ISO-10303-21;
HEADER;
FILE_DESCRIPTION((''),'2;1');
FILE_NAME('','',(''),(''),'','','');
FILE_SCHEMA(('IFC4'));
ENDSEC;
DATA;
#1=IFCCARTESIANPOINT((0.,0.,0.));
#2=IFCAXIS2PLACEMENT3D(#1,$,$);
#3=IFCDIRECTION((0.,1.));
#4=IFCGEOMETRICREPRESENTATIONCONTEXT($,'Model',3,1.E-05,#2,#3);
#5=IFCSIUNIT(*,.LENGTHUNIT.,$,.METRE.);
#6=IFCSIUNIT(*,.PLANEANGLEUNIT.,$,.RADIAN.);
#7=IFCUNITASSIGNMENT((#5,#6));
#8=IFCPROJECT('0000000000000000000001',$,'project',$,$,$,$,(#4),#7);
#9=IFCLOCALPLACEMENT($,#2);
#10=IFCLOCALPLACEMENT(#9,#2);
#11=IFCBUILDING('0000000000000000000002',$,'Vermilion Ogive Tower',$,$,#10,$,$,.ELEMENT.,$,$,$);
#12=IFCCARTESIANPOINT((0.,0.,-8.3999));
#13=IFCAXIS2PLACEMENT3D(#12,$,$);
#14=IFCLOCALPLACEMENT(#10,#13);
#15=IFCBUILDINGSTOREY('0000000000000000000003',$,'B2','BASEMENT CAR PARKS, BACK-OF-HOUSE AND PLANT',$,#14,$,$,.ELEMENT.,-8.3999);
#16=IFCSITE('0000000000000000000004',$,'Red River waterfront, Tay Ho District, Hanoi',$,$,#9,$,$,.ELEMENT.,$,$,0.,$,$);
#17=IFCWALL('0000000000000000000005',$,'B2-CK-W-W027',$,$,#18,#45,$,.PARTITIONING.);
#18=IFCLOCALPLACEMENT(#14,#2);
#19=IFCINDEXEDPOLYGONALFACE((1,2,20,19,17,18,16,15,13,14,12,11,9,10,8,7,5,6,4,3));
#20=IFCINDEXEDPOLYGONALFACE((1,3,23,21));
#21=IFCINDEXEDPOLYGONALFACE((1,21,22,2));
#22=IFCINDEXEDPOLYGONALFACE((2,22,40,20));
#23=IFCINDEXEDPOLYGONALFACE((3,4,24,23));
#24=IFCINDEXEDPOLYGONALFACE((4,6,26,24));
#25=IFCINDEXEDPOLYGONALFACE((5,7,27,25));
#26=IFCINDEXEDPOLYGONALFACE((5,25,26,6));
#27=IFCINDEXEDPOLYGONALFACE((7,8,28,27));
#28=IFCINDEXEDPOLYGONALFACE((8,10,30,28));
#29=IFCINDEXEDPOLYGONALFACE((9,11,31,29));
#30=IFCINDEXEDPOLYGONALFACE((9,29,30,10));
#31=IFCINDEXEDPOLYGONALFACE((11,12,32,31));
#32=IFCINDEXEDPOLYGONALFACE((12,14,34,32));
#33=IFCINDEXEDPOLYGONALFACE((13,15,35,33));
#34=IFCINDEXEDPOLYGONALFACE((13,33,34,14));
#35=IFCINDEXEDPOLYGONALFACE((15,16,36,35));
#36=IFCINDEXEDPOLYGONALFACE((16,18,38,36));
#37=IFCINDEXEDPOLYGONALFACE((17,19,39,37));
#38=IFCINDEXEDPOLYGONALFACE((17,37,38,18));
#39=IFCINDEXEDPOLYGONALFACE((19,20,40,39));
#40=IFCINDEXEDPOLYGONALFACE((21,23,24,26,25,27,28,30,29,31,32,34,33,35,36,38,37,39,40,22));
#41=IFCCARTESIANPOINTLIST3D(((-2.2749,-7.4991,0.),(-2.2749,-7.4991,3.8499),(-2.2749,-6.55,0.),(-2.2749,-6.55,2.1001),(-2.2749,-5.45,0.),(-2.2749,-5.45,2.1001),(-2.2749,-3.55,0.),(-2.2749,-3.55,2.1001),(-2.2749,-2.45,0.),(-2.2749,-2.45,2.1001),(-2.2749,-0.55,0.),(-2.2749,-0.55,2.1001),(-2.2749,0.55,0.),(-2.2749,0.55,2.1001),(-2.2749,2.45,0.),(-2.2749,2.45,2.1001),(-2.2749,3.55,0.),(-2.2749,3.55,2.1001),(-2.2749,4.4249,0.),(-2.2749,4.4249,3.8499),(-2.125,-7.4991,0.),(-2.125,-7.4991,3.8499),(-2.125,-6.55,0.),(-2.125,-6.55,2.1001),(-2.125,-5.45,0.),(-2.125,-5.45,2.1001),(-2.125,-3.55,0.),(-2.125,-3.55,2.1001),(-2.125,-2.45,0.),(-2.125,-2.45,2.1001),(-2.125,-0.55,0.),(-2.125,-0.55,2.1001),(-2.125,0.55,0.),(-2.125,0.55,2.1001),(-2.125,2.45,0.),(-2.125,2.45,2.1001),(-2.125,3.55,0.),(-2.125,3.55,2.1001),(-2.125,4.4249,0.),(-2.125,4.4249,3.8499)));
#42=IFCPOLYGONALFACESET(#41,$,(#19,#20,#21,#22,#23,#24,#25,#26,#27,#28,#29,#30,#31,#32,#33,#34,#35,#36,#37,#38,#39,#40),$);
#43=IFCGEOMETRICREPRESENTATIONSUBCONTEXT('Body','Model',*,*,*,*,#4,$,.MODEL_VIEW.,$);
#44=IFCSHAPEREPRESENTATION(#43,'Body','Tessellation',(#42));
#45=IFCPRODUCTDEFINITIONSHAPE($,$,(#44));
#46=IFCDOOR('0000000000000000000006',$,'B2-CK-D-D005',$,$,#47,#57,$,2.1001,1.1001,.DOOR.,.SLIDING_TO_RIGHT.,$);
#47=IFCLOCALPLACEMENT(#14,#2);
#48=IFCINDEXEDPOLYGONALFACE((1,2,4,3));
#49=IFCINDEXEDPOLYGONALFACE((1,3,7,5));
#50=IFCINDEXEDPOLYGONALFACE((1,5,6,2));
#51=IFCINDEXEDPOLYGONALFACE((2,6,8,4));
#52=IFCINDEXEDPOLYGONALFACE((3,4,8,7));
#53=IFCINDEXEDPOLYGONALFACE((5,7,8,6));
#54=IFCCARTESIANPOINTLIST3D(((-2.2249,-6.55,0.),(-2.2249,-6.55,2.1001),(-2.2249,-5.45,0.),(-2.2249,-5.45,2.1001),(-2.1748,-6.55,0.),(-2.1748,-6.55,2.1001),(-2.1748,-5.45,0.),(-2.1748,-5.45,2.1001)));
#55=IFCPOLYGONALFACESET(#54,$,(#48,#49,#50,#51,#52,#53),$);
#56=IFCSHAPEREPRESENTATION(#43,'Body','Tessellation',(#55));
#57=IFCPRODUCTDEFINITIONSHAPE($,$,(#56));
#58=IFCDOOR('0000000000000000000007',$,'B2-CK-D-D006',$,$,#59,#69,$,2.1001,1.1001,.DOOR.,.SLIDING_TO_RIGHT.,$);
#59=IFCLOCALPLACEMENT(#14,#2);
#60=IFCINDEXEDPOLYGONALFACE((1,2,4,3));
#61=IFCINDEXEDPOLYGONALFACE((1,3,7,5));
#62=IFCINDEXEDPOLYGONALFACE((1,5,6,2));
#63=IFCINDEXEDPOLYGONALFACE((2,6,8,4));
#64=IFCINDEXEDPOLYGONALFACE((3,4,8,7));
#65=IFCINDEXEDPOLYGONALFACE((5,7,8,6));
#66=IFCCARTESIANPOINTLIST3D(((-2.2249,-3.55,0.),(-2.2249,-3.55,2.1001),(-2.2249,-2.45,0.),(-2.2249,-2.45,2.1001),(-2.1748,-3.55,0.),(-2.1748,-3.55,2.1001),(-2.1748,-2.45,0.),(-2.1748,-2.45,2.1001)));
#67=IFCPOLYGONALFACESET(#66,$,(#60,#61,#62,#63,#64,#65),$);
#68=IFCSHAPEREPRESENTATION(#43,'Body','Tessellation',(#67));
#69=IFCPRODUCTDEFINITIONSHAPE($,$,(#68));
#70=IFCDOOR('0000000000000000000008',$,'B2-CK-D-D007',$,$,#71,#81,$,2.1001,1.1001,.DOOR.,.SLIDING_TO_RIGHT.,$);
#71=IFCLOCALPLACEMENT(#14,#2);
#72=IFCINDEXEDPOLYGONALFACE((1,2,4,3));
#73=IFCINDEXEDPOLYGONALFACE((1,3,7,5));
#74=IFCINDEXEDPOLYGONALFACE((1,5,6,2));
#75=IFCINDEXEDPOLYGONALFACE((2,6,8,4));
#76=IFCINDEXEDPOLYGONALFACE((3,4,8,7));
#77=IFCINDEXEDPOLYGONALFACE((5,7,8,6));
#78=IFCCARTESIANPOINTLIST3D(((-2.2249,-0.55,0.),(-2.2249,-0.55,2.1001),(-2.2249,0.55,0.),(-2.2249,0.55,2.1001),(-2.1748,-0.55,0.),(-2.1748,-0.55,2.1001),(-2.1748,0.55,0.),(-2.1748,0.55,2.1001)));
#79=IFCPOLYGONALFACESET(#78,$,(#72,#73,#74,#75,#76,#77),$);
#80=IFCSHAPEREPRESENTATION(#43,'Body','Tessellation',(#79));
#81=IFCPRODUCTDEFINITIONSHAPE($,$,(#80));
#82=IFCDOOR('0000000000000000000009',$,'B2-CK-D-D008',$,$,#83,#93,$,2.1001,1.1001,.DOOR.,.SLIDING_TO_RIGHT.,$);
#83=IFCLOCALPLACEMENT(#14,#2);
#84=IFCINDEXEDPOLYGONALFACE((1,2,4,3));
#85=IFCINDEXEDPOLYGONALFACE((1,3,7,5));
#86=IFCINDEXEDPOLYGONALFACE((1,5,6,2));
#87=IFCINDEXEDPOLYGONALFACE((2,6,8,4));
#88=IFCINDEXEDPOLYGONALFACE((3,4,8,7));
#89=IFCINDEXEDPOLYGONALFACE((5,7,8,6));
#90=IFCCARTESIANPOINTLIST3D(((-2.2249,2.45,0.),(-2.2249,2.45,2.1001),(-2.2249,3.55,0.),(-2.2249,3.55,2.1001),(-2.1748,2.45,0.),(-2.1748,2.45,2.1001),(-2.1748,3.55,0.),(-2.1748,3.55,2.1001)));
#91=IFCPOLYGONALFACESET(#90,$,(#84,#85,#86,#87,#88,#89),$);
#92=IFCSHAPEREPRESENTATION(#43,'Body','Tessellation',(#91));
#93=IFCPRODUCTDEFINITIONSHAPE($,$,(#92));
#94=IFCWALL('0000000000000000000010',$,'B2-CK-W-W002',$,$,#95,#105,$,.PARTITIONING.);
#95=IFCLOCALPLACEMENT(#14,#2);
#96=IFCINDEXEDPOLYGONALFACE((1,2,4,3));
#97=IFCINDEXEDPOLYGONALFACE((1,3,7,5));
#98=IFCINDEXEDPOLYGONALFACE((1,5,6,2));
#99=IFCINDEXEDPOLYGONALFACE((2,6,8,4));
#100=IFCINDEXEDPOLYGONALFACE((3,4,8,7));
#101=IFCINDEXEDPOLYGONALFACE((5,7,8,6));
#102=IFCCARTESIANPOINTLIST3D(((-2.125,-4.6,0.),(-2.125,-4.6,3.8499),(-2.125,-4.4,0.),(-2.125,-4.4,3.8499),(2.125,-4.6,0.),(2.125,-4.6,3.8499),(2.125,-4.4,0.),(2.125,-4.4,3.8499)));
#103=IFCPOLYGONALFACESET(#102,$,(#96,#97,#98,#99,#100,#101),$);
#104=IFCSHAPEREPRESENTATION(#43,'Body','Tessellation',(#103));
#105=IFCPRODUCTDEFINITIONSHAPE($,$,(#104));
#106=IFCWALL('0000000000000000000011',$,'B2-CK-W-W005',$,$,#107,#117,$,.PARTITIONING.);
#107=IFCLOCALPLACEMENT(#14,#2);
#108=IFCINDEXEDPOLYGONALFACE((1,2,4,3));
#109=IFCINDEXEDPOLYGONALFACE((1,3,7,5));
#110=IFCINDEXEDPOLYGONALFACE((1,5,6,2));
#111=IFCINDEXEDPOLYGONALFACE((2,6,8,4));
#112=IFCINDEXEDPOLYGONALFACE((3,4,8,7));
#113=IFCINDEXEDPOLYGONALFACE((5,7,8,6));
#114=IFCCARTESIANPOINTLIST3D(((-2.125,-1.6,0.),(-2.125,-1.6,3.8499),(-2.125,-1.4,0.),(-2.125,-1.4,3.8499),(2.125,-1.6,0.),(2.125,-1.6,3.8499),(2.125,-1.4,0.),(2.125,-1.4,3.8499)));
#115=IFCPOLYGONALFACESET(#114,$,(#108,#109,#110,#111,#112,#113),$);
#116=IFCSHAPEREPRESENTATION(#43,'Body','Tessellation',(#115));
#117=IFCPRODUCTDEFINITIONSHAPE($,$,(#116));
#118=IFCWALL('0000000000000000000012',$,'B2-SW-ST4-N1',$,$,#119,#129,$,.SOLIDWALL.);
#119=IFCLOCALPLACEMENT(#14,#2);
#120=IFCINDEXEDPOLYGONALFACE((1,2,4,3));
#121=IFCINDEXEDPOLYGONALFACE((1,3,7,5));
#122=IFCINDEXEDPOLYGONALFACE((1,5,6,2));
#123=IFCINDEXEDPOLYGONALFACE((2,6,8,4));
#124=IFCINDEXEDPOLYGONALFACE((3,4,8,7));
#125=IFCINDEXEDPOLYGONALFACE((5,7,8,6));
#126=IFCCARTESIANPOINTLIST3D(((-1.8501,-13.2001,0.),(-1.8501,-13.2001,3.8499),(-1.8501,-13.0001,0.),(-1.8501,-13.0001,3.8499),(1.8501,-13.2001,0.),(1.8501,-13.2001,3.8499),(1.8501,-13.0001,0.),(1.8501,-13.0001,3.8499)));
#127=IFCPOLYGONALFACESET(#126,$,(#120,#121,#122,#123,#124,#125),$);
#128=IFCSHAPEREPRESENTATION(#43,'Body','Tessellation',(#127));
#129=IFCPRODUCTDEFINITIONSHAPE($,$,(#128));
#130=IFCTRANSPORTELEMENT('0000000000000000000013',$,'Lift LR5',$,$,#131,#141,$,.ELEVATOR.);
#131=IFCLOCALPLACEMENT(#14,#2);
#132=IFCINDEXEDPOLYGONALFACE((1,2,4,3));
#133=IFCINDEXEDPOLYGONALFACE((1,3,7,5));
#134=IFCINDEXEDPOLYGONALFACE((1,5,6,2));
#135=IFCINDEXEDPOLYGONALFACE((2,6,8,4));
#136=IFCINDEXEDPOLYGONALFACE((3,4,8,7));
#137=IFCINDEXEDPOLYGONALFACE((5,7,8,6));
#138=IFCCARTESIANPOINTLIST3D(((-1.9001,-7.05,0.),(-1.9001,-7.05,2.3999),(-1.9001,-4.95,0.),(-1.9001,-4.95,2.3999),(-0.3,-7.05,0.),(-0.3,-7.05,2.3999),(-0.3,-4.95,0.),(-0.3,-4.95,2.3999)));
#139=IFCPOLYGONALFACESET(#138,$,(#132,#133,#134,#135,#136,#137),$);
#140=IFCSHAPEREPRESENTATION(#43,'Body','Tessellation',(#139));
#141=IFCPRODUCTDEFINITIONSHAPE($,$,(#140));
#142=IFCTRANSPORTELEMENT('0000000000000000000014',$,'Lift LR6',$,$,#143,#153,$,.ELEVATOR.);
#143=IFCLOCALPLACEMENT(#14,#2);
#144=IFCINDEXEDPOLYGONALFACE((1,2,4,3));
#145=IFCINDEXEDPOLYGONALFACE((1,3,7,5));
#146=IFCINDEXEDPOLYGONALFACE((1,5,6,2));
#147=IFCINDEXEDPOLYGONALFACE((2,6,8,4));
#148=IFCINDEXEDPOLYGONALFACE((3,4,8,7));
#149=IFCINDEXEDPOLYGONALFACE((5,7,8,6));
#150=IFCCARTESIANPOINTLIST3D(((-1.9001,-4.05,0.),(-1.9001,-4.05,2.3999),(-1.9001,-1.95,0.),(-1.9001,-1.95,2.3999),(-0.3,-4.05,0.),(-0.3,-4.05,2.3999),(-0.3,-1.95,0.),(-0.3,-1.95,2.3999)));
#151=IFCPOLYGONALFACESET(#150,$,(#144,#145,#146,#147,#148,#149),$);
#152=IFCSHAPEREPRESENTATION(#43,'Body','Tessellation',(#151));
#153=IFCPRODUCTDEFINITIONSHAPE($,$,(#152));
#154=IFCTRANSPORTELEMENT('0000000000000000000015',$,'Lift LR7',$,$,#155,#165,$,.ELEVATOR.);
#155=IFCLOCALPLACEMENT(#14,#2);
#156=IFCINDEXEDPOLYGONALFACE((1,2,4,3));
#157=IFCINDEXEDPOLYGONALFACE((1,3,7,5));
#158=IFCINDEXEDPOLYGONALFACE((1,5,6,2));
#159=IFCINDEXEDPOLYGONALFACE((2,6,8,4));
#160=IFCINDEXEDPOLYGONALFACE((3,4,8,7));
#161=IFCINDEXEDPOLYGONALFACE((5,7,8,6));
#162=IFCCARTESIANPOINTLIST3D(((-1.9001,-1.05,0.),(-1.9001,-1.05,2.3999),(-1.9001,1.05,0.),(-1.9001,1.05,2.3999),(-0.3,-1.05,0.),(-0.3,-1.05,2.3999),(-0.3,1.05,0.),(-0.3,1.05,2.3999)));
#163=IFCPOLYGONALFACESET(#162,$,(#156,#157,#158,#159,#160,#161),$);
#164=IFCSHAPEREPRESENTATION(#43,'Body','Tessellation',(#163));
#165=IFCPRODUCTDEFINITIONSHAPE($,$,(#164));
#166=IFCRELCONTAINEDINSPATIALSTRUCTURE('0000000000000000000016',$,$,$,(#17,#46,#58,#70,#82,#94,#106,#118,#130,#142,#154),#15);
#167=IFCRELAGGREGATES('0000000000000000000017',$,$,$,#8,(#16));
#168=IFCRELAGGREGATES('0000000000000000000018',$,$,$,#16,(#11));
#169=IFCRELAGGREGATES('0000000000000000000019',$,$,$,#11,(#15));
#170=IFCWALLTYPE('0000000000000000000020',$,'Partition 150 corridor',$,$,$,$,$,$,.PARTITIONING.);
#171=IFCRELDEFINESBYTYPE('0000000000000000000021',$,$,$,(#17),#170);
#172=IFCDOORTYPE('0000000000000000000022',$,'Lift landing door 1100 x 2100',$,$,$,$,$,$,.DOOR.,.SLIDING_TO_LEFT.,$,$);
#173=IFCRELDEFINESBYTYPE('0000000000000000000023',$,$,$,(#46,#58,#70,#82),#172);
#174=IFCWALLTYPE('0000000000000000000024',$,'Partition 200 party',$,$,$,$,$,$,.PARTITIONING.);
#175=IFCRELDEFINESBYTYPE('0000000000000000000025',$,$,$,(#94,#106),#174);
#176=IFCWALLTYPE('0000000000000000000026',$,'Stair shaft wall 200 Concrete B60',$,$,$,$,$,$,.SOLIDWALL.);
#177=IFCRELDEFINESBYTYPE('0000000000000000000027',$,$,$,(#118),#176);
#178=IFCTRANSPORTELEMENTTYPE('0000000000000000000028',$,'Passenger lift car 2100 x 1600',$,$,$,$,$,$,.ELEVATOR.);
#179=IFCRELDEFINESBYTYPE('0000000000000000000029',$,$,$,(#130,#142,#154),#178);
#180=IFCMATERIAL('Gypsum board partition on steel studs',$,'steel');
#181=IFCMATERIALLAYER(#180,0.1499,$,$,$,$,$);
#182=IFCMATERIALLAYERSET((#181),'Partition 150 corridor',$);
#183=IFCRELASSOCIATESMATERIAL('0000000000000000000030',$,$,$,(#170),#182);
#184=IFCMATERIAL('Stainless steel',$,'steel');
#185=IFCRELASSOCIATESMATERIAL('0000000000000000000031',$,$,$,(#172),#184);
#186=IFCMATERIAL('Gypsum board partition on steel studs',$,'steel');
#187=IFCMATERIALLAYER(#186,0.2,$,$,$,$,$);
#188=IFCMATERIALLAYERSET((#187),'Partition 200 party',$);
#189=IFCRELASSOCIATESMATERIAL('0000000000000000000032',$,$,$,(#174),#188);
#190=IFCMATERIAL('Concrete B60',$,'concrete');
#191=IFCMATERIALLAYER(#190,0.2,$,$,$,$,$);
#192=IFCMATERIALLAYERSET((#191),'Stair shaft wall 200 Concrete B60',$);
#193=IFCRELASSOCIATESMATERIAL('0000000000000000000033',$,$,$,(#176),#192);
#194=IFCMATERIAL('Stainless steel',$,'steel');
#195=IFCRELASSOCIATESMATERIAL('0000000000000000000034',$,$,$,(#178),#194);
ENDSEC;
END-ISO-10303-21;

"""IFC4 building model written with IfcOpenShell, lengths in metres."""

from ifc_helpers import new_model, si_unit, direction, frame, frame_2d, origin, origin_2d, place, context, subcontext, project, spatial, rectangle, extrude, material, layer, layer_set, type_object, element, fill, save


model = new_model("IFC4")

# Units and contexts
model_context = context("Model", 3, precision=1e-05, world=origin(), true_north=direction((0.0, 1.0)))
body_context = subcontext(model_context, "Body", "Model", "MODEL_VIEW")
ifc_project = project(units=[si_unit("LENGTHUNIT", "METRE"), si_unit("PLANEANGLEUNIT", "RADIAN")], contexts=[model_context])

# Site, building, storey
site_placement = place(None, origin())
site = spatial("IfcSite", under=ifc_project, at=site_placement, Name="Red River waterfront, Tay Ho District, Hanoi", CompositionType="ELEMENT", RefElevation=0.0)
building_placement = place(site_placement, origin())
building = spatial("IfcBuilding", under=site, at=building_placement, Name="Vermilion Ogive Tower", CompositionType="ELEMENT")
storey_placement = place(building_placement, frame((0.0, 0.0, -8.3999)))
storey = spatial("IfcBuildingStorey", under=building, at=storey_placement, Name="B2", Description="BASEMENT CAR PARKS, BACK-OF-HOUSE AND PLANT", CompositionType="ELEMENT", Elevation=-8.3999)

# Shared definitions
ifc_material_1 = material(Name="Gypsum board partition on steel studs", Category="steel")
ifc_layer_1 = layer(ifc_material_1, 0.1499)
ifc_layer_set_1 = layer_set([ifc_layer_1], Name="Partition 150 corridor")
wall_type_1 = type_object("IfcWallType", Name="Partition 150 corridor", PredefinedType="PARTITIONING", material=ifc_layer_set_1)

# Wall, openings, doors
ifc_material_2 = material(Name="Stainless steel", Category="steel")
door_type = type_object("IfcDoorType", Name="Lift landing door 1100 x 2100", OperationType="SLIDING_TO_LEFT", PredefinedType="DOOR", material=ifc_material_2)
wall_1_placement = place(storey_placement, frame((-2.2, -7.499, 0.0), z_axis=(0.0, 0.0, 1.0), x_axis=(0.0, 1.0, 0.0)))
wall_1 = element("IfcWall", 1, at=wall_1_placement, inside=storey, type_object=wall_type_1, Name="B2-CK-W-W027", PredefinedType="PARTITIONING", context=body_context, shape_type="SweptSolid", body=[
    extrude(rectangle(XDim=11.9241, YDim=0.1499, at=frame_2d((5.9619, 0.0))), origin(), (0.0, 0.0, 1.0), 3.8499),
])
opening_1_placement = place(wall_1_placement, frame((0.949, 0.0, 0.0)))
opening_1 = element("IfcOpeningElement", 2, at=opening_1_placement, cuts=wall_1, PredefinedType="OPENING", context=body_context, shape_type="SweptSolid", body=[
    extrude(rectangle(XDim=1.1001, YDim=2.1001, at=frame_2d((0.55, 1.05))), frame((0.0, 0.085, 0.0), z_axis=(0.0, -1.0, 0.0), x_axis=(1.0, 0.0, 0.0)), (0.0, 0.0, 1.0), 0.1699),
])
opening_2_placement = place(wall_1_placement, frame((3.949, 0.0, 0.0)))
opening_2 = element("IfcOpeningElement", 3, at=opening_2_placement, cuts=wall_1, PredefinedType="OPENING", context=body_context, shape_type="SweptSolid", body=[
    extrude(rectangle(XDim=1.1001, YDim=2.1001, at=frame_2d((0.55, 1.05))), frame((0.0, 0.085, 0.0), z_axis=(0.0, -1.0, 0.0), x_axis=(1.0, 0.0, 0.0)), (0.0, 0.0, 1.0), 0.1699),
])
opening_3_placement = place(wall_1_placement, frame((6.949, 0.0, 0.0)))
opening_3 = element("IfcOpeningElement", 4, at=opening_3_placement, cuts=wall_1, PredefinedType="OPENING", context=body_context, shape_type="SweptSolid", body=[
    extrude(rectangle(XDim=1.1001, YDim=2.1001, at=frame_2d((0.55, 1.05))), frame((0.0, 0.085, 0.0), z_axis=(0.0, -1.0, 0.0), x_axis=(1.0, 0.0, 0.0)), (0.0, 0.0, 1.0), 0.1699),
])
opening_4_placement = place(wall_1_placement, frame((9.949, 0.0, 0.0)))
opening_4 = element("IfcOpeningElement", 5, at=opening_4_placement, cuts=wall_1, PredefinedType="OPENING", context=body_context, shape_type="SweptSolid", body=[
    extrude(rectangle(XDim=1.1001, YDim=2.1001, at=frame_2d((0.55, 1.05))), frame((0.0, 0.085, 0.0), z_axis=(0.0, -1.0, 0.0), x_axis=(1.0, 0.0, 0.0)), (0.0, 0.0, 1.0), 0.1699),
])
door_1_placement = place(opening_1_placement, origin())
door_1 = element("IfcDoor", 6, at=door_1_placement, inside=storey, type_object=door_type, Name="B2-CK-D-D005", OperationType="SLIDING_TO_RIGHT", OverallHeight=2.1001, OverallWidth=1.1001, PredefinedType="DOOR", context=body_context, shape_type="SweptSolid", body=[
    extrude(rectangle(XDim=1.1001, YDim=2.1001, at=frame_2d((0.55, 1.05))), frame((0.0, 0.0249, 0.0), z_axis=(0.0, -1.0, 0.0), x_axis=(1.0, 0.0, 0.0)), (0.0, 0.0, 1.0), 0.05),
])
fill(opening_1, door_1)
door_2_placement = place(opening_2_placement, origin())
door_2 = element("IfcDoor", 7, at=door_2_placement, inside=storey, type_object=door_type, Name="B2-CK-D-D006", OperationType="SLIDING_TO_RIGHT", OverallHeight=2.1001, OverallWidth=1.1001, PredefinedType="DOOR", context=body_context, shape_type="SweptSolid", body=[
    extrude(rectangle(XDim=1.1001, YDim=2.1001, at=frame_2d((0.55, 1.05))), frame((0.0, 0.0249, 0.0), z_axis=(0.0, -1.0, 0.0), x_axis=(1.0, 0.0, 0.0)), (0.0, 0.0, 1.0), 0.05),
])
fill(opening_2, door_2)
door_3_placement = place(opening_3_placement, origin())
door_3 = element("IfcDoor", 8, at=door_3_placement, inside=storey, type_object=door_type, Name="B2-CK-D-D007", OperationType="SLIDING_TO_RIGHT", OverallHeight=2.1001, OverallWidth=1.1001, PredefinedType="DOOR", context=body_context, shape_type="SweptSolid", body=[
    extrude(rectangle(XDim=1.1001, YDim=2.1001, at=frame_2d((0.55, 1.05))), frame((0.0, 0.0249, 0.0), z_axis=(0.0, -1.0, 0.0), x_axis=(1.0, 0.0, 0.0)), (0.0, 0.0, 1.0), 0.05),
])
fill(opening_3, door_3)
door_4_placement = place(opening_4_placement, origin())
door_4 = element("IfcDoor", 9, at=door_4_placement, inside=storey, type_object=door_type, Name="B2-CK-D-D008", OperationType="SLIDING_TO_RIGHT", OverallHeight=2.1001, OverallWidth=1.1001, PredefinedType="DOOR", context=body_context, shape_type="SweptSolid", body=[
    extrude(rectangle(XDim=1.1001, YDim=2.1001, at=frame_2d((0.55, 1.05))), frame((0.0, 0.0249, 0.0), z_axis=(0.0, -1.0, 0.0), x_axis=(1.0, 0.0, 0.0)), (0.0, 0.0, 1.0), 0.05),
])
fill(opening_4, door_4)

# Walls
ifc_material_3 = material(Name="Gypsum board partition on steel studs", Category="steel")
ifc_layer_2 = layer(ifc_material_3, 0.2)
ifc_layer_set_2 = layer_set([ifc_layer_2], Name="Partition 200 party")
wall_type_2 = type_object("IfcWallType", Name="Partition 200 party", PredefinedType="PARTITIONING", material=ifc_layer_set_2)
for number, where, z_axis, x_axis, name in (
    (10, (-2.125, -4.5, 0.0), (0.0, 0.0, 1.0), (1.0, 0.0, 0.0), "B2-CK-W-W002"),
    (11, (-2.125, -1.5, 0.0), (0.0, 0.0, 1.0), (1.0, 0.0, 0.0), "B2-CK-W-W005"),
):
    element("IfcWall", number, at=place(storey_placement, frame(where, z_axis=z_axis, x_axis=x_axis)), inside=storey, type_object=wall_type_2, Name=name, PredefinedType="PARTITIONING", context=body_context, shape_type="SweptSolid", body=[
        extrude(rectangle(XDim=4.25, YDim=0.2, at=frame_2d((2.125, 0.0))), origin(), (0.0, 0.0, 1.0), 3.8499),
    ])
ifc_material_4 = material(Name="Concrete B60", Category="concrete")
ifc_layer_3 = layer(ifc_material_4, 0.2)
ifc_layer_set_3 = layer_set([ifc_layer_3], Name="Stair shaft wall 200 Concrete B60")
wall_type_3 = type_object("IfcWallType", Name="Stair shaft wall 200 Concrete B60", PredefinedType="SOLIDWALL", material=ifc_layer_set_3)
wall_2_placement = place(storey_placement, frame((-1.8501, -13.1001, 0.0), z_axis=(0.0, 0.0, 1.0), x_axis=(1.0, 0.0, 0.0)))
element("IfcWall", 12, at=wall_2_placement, inside=storey, type_object=wall_type_3, Name="B2-SW-ST4-N1", PredefinedType="SOLIDWALL", context=body_context, shape_type="SweptSolid", body=[
    extrude(rectangle(XDim=3.7002, YDim=0.2, at=frame_2d((1.8501, 0.0))), origin(), (0.0, 0.0, 1.0), 3.8499),
])

# Transport elements
ifc_material_5 = material(Name="Stainless steel", Category="steel")
transport_element_type = type_object("IfcTransportElementType", Name="Passenger lift car 2100 x 1600", PredefinedType="ELEVATOR", material=ifc_material_5)
for number, where, z_axis, x_axis, name in (
    (13, (-1.1001, -6.0, 0.0), (0.0, 0.0, 1.0), (1.0, 0.0, 0.0), "Lift LR5"),
    (14, (-1.1001, -3.0, 0.0), (0.0, 0.0, 1.0), (1.0, 0.0, 0.0), "Lift LR6"),
    (15, (-1.1001, 0.0, 0.0), (0.0, 0.0, 1.0), (1.0, 0.0, 0.0), "Lift LR7"),
):
    element("IfcTransportElement", number, at=place(storey_placement, frame(where, z_axis=z_axis, x_axis=x_axis)), inside=storey, type_object=transport_element_type, Name=name, PredefinedType="ELEVATOR", context=body_context, shape_type="SweptSolid", body=[
        extrude(rectangle(XDim=1.6001, YDim=2.1001, at=origin_2d()), origin(), (0.0, 0.0, 1.0), 2.3999),
    ])

save(model, "model.ifc")
